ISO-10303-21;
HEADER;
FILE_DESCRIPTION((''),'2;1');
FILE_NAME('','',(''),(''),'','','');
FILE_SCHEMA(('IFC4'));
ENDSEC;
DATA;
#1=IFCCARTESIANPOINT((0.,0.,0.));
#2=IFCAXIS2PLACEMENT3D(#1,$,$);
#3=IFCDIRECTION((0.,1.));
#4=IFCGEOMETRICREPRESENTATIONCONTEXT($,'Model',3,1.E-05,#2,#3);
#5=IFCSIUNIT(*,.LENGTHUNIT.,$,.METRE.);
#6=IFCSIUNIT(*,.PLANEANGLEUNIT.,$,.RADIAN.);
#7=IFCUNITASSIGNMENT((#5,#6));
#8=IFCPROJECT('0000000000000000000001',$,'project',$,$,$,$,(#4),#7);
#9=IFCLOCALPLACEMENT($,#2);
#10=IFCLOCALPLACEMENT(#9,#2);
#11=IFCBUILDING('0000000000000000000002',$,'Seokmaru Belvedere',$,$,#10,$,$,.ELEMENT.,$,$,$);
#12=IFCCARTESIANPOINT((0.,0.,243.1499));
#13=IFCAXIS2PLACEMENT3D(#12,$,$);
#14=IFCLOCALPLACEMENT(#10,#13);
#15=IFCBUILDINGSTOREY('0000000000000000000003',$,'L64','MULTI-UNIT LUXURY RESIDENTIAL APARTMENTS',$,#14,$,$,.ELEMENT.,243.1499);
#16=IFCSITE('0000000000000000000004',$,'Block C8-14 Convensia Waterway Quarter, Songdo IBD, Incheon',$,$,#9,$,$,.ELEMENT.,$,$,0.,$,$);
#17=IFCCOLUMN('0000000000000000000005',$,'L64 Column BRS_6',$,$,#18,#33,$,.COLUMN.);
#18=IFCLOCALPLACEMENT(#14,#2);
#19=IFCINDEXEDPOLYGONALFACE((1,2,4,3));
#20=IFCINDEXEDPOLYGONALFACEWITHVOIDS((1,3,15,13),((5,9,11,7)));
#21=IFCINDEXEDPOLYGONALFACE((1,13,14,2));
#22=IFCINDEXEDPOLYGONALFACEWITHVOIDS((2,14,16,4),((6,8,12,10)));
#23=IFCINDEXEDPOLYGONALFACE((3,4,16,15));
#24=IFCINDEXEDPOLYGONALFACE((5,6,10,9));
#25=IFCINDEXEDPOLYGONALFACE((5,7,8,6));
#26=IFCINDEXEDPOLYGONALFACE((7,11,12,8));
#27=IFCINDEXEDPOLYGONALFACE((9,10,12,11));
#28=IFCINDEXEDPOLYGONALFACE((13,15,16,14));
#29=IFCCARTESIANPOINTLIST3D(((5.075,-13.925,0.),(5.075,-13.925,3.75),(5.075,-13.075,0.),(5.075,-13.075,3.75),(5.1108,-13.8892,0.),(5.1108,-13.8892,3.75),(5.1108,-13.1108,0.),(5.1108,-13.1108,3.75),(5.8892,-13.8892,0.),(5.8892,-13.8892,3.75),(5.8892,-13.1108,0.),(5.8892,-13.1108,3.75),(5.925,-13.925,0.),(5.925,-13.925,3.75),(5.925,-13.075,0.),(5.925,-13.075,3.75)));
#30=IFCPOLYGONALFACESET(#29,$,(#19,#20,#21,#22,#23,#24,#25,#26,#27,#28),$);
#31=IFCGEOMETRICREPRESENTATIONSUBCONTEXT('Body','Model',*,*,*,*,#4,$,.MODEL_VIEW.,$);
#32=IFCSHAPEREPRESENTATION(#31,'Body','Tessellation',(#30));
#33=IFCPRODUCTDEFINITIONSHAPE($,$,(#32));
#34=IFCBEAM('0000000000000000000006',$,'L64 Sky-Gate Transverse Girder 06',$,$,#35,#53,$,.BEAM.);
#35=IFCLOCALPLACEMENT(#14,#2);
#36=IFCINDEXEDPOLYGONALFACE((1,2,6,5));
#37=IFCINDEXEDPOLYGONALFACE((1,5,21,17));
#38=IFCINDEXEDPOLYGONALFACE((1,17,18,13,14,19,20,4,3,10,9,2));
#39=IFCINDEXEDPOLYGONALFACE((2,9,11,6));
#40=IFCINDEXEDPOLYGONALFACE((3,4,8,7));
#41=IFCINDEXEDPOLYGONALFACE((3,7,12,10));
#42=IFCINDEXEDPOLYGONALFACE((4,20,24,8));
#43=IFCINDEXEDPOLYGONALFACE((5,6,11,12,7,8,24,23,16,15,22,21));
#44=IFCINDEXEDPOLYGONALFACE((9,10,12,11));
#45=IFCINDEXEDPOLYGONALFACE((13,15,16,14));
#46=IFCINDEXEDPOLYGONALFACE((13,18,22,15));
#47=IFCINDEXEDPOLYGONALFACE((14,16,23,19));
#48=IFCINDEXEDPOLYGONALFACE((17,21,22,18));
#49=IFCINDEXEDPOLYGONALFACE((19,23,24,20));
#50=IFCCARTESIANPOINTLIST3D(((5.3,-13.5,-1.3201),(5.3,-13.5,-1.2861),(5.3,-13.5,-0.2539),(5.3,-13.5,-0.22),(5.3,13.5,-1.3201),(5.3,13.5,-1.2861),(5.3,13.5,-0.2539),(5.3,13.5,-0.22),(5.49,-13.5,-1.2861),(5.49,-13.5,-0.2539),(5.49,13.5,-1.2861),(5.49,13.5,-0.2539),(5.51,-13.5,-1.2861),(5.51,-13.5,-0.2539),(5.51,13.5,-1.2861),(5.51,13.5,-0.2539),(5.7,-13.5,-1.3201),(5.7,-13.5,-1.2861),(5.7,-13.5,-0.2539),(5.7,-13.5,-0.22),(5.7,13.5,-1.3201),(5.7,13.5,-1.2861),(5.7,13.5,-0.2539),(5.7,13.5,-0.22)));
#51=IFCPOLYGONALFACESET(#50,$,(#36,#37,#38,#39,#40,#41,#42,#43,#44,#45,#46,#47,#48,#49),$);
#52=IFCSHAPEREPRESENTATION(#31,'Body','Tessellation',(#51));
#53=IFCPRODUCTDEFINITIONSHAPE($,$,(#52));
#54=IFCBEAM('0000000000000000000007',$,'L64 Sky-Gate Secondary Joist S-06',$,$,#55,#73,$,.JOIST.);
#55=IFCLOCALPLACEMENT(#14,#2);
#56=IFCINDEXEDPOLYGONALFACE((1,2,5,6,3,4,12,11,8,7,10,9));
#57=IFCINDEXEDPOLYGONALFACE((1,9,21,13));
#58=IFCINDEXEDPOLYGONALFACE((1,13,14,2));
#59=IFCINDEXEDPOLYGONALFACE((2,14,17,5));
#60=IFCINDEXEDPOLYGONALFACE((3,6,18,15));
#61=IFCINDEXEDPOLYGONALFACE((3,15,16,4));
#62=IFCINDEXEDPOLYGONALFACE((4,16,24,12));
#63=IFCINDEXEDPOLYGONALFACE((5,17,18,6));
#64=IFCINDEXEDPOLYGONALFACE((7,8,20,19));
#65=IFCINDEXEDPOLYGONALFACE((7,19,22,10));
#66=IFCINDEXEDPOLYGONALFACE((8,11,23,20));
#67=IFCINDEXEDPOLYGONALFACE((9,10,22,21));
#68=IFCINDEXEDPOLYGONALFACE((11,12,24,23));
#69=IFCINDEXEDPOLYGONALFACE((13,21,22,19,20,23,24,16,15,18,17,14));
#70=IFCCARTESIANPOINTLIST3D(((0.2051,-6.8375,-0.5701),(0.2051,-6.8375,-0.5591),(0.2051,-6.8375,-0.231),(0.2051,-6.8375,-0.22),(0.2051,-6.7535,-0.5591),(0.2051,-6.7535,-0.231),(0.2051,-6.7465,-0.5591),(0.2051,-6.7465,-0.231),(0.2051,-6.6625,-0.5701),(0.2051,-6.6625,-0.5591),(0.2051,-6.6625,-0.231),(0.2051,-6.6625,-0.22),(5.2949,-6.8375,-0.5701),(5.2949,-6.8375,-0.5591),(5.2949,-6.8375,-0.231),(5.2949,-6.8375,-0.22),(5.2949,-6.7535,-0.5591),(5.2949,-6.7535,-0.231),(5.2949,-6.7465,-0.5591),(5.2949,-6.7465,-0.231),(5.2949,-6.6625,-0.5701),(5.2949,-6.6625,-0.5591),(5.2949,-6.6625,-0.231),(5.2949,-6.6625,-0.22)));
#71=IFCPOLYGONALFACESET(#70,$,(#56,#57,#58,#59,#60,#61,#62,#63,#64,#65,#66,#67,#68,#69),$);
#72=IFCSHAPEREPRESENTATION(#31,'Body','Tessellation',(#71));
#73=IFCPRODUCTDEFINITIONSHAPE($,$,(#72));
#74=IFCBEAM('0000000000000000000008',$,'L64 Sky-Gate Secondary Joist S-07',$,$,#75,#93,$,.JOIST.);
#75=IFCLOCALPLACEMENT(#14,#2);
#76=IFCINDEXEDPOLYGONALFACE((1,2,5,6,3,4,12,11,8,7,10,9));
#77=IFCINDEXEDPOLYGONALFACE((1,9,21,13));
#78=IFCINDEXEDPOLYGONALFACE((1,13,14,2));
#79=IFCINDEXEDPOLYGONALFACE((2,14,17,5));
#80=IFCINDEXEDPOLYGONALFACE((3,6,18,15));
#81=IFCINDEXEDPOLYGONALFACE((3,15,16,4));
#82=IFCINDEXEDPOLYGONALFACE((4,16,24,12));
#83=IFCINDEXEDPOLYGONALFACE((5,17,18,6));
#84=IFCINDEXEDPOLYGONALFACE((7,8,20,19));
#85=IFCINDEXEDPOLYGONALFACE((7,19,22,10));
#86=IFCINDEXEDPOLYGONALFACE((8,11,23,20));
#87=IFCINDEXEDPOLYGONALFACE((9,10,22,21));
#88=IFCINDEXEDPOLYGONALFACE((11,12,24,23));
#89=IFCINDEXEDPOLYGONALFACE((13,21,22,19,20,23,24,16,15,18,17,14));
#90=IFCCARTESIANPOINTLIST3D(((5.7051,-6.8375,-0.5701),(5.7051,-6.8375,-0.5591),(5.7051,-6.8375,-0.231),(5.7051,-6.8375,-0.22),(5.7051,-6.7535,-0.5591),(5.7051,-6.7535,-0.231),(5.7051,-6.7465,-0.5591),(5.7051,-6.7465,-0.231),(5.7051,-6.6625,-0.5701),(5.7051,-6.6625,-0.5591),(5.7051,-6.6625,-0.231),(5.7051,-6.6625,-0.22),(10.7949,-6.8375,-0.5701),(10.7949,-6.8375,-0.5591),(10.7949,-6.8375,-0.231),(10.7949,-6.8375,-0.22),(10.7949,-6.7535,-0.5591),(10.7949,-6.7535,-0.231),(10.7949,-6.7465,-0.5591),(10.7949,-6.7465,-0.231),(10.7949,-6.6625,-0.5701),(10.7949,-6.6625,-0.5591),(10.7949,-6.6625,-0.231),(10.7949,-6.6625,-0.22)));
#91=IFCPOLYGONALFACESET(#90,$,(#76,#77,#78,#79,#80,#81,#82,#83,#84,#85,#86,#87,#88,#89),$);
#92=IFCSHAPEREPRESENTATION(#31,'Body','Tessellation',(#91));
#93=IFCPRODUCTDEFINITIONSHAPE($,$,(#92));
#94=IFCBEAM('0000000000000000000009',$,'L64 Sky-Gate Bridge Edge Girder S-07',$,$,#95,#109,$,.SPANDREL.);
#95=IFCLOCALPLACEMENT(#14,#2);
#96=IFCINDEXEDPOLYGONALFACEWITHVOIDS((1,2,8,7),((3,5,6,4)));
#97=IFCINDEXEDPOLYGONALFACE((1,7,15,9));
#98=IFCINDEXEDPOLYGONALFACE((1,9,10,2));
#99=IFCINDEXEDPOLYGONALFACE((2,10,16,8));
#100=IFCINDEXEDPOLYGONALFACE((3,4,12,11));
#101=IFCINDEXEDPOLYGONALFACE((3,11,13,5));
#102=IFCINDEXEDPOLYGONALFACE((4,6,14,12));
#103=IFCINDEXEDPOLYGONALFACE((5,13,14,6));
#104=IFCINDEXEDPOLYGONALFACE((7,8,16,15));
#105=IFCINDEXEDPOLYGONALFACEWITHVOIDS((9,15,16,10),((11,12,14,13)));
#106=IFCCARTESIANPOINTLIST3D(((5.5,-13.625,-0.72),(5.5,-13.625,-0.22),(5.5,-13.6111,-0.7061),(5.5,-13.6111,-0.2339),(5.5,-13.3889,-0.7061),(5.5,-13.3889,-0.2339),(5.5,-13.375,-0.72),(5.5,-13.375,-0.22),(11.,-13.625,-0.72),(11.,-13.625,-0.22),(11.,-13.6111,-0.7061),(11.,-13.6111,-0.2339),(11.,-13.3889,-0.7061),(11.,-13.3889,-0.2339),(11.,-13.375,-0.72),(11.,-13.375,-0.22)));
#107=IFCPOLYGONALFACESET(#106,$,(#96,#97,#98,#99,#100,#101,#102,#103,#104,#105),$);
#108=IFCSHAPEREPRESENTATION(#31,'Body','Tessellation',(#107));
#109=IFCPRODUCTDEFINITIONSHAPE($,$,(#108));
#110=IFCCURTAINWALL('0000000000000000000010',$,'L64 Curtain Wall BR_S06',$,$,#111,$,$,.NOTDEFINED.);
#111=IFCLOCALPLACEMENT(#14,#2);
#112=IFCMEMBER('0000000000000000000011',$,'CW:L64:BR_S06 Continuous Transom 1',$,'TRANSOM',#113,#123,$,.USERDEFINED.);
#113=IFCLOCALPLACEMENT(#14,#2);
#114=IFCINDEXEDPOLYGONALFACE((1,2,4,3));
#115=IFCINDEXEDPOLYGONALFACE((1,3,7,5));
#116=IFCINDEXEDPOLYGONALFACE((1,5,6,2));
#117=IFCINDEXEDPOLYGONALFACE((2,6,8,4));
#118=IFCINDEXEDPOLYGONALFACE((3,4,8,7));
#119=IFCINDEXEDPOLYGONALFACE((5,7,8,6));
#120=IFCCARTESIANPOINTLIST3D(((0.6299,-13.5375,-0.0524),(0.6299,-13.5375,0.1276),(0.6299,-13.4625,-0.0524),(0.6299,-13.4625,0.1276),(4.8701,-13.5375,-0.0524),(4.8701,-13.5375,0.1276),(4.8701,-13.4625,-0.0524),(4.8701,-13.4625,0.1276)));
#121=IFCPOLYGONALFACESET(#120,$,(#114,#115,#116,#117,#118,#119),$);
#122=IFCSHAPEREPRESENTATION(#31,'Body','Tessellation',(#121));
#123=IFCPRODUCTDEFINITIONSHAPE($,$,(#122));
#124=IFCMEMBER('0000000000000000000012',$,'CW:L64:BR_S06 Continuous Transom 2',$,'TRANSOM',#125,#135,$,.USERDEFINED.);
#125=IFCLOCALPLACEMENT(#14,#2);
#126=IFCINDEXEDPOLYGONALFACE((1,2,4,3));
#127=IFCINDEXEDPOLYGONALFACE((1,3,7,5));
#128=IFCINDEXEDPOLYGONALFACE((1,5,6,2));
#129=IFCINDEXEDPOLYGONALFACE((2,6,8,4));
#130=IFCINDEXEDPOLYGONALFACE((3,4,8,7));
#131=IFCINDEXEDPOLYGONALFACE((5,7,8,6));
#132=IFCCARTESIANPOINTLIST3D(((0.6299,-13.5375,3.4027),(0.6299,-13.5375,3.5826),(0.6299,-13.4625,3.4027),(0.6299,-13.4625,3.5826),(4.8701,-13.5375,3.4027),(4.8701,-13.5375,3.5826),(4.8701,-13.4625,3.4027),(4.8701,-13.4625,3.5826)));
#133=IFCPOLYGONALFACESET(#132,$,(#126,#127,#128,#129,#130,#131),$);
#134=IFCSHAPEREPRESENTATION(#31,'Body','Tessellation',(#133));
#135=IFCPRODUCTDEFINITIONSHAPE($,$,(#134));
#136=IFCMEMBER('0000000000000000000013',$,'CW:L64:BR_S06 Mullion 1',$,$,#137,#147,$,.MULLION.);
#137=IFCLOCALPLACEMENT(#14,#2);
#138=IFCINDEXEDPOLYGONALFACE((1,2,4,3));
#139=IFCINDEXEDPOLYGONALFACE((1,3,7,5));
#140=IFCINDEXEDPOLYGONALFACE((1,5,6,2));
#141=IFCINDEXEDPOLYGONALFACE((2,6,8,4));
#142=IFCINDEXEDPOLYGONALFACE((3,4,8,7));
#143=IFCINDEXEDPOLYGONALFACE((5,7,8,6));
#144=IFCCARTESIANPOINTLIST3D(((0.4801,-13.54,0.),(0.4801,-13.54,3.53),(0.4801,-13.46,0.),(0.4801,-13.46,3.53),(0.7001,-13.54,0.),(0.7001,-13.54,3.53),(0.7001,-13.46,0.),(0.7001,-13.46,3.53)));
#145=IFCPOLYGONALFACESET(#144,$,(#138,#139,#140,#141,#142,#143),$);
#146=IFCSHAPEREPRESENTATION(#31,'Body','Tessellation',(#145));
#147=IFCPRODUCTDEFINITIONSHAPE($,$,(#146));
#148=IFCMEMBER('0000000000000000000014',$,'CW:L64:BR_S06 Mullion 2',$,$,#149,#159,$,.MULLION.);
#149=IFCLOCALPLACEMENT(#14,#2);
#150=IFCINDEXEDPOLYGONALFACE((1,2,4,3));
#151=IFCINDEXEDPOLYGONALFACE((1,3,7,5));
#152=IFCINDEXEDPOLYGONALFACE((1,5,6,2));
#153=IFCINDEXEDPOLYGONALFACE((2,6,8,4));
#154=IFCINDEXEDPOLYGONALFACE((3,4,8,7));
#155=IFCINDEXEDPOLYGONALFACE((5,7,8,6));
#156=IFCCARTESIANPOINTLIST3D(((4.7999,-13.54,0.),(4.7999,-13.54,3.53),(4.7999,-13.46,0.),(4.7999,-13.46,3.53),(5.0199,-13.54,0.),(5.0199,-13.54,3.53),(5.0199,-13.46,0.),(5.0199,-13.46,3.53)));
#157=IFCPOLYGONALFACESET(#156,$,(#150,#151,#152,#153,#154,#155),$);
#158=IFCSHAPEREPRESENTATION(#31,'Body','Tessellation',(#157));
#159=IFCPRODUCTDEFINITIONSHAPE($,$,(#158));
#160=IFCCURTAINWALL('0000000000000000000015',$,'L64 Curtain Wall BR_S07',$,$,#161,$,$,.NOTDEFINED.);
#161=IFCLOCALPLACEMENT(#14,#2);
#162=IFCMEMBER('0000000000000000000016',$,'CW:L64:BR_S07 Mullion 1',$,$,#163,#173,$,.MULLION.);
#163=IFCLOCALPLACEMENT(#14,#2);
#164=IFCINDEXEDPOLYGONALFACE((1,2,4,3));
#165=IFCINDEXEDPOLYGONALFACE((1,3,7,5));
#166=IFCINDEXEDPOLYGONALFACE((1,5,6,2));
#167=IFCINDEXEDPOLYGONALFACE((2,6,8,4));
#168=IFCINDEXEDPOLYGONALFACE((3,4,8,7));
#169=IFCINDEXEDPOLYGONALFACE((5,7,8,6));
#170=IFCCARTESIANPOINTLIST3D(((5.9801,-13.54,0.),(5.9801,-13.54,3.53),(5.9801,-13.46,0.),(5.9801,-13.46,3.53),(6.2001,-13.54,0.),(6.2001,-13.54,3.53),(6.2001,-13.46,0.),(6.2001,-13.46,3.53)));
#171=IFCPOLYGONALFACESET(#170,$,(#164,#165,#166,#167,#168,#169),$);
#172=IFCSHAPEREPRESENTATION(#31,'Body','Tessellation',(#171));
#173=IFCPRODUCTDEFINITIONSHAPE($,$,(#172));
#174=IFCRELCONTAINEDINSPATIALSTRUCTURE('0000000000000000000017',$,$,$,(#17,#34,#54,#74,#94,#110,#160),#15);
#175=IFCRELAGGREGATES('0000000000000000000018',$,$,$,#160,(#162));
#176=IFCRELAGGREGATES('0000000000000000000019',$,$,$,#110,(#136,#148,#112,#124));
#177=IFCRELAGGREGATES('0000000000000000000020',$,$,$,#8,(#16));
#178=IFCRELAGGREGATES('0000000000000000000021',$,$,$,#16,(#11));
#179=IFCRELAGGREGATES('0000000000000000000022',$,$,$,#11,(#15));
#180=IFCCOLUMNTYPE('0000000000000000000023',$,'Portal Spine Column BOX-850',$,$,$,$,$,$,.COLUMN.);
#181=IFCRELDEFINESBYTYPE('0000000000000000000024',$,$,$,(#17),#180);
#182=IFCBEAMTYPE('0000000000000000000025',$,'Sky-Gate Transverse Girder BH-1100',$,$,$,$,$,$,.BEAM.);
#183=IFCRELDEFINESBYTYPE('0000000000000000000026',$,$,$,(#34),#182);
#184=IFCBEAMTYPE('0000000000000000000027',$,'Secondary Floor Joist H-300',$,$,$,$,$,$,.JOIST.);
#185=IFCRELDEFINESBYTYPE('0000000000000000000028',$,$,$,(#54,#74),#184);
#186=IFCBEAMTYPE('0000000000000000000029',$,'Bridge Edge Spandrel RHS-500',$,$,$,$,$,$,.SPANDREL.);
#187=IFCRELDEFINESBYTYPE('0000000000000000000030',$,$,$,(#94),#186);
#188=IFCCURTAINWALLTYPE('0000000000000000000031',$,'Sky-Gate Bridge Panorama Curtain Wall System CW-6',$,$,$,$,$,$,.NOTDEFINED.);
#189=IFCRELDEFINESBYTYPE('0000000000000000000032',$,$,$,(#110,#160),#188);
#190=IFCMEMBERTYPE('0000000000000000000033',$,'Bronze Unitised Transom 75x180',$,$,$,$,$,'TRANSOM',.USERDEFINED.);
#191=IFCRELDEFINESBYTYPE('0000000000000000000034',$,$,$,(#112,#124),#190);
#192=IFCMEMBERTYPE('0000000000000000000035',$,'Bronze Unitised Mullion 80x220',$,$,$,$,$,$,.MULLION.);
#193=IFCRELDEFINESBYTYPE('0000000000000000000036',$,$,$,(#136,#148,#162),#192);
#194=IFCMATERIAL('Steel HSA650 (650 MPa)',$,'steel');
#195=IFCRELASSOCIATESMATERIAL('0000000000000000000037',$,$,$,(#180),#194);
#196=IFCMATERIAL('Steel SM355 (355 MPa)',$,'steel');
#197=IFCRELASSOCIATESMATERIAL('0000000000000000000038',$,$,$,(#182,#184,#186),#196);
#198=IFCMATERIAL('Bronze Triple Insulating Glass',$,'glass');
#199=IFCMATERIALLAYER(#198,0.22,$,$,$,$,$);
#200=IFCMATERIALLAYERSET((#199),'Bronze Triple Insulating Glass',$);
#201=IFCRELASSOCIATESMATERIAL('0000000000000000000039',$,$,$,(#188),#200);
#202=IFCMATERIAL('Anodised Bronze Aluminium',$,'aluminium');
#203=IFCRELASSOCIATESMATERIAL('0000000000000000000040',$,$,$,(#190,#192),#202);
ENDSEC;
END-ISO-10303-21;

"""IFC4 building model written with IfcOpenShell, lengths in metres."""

from ifc_helpers import new_model, si_unit, direction, frame, origin, origin_2d, place, context, subcontext, project, spatial, rectangle, hollow_rectangle, i_section, extrude, source, transform, mapped, material, layer, layer_set, material_profile, profile_set, type_object, type_shapes, element, aggregate, save


model = new_model("IFC4")

# Units and contexts
model_context = context("Model", 3, precision=1e-05, world=origin(), true_north=direction((0.0, 1.0)))
body_context = subcontext(model_context, "Body", "Model", "MODEL_VIEW")
ifc_project = project(units=[si_unit("LENGTHUNIT", "METRE"), si_unit("PLANEANGLEUNIT", "RADIAN")], contexts=[model_context])

# Site, building, storey
site_placement = place(None, origin())
site = spatial("IfcSite", under=ifc_project, at=site_placement, Name="Block C8-14 Convensia Waterway Quarter, Songdo IBD, Incheon", CompositionType="ELEMENT", RefElevation=0.0)
building_placement = place(site_placement, origin())
building = spatial("IfcBuilding", under=site, at=building_placement, Name="Seokmaru Belvedere", CompositionType="ELEMENT")
storey_placement = place(building_placement, frame((0.0, 0.0, 243.1499)))
storey = spatial("IfcBuildingStorey", under=building, at=storey_placement, Name="L64", Description="MULTI-UNIT LUXURY RESIDENTIAL APARTMENTS", CompositionType="ELEMENT", Elevation=243.1499)

# Column
ifc_material_1 = material(Name="Steel HSA650 (650 MPa)", Category="steel")
ifc_material_profile_1 = material_profile(ifc_material_1, hollow_rectangle(XDim=0.8501, YDim=0.8501, WallThickness=0.0359, at=origin_2d()), Name="BOX-850x850x36")
ifc_profile_set_1 = profile_set([ifc_material_profile_1], Name="Steel HSA650 (650 MPa)")
column_type = type_object("IfcColumnType", Name="Portal Spine Column BOX-850", PredefinedType="COLUMN", material=ifc_profile_set_1)
shared_shape_1 = source(origin(), body_context, "Body", "SweptSolid", [
    extrude(hollow_rectangle(XDim=0.8501, YDim=0.8501, WallThickness=0.0359, at=origin_2d()), origin(), (0.0, 0.0, 1.0), 3.75),
])
type_shapes(column_type, [shared_shape_1])
column_placement = place(storey_placement, frame((5.5, -13.5, 0.0), z_axis=(0.0, 0.0, 1.0), x_axis=(1.0, 0.0, 0.0)))
element("IfcColumn", 1, at=column_placement, inside=storey, type_object=column_type, Name="L64 Column BRS_6", PredefinedType="COLUMN", context=body_context, shape_type="MappedRepresentation", body=[
    mapped(shared_shape_1, transform((0.0, 0.0, 0.0), scale=1.0)),
])

# Beams
ifc_material_2 = material(Name="Steel SM355 (355 MPa)", Category="steel")
ifc_material_profile_2 = material_profile(ifc_material_2, i_section(OverallWidth=0.3999, OverallDepth=1.1001, WebThickness=0.02, FlangeThickness=0.0339, at=origin_2d()), Name="BH-1100x400x20x34")
ifc_profile_set_2 = profile_set([ifc_material_profile_2], Name="Steel SM355 (355 MPa)")
beam_type_1 = type_object("IfcBeamType", Name="Sky-Gate Transverse Girder BH-1100", PredefinedType="BEAM", material=ifc_profile_set_2)
shared_shape_2 = source(origin(), body_context, "Body", "SweptSolid", [
    extrude(i_section(OverallWidth=0.3999, OverallDepth=1.1001, WebThickness=0.02, FlangeThickness=0.0339, at=origin_2d()), origin(), (0.0, 0.0, 1.0), 27.0),
])
type_shapes(beam_type_1, [shared_shape_2])
beam_1_placement = place(storey_placement, frame((5.5, -13.5, -0.77), z_axis=(0.0, 1.0, 0.0), x_axis=(-1.0, 0.0, 0.0)))
element("IfcBeam", 2, at=beam_1_placement, inside=storey, type_object=beam_type_1, Name="L64 Sky-Gate Transverse Girder 06", PredefinedType="BEAM", context=body_context, shape_type="MappedRepresentation", body=[
    mapped(shared_shape_2, transform((0.0, 0.0, 0.0), scale=1.0)),
])
ifc_material_profile_3 = material_profile(ifc_material_2, i_section(OverallWidth=0.175, OverallDepth=0.3501, WebThickness=0.0071, FlangeThickness=0.011, at=origin_2d()), Name="H-350x175x7x11")
ifc_profile_set_3 = profile_set([ifc_material_profile_3], Name="Steel SM355 (355 MPa)")
beam_type_2 = type_object("IfcBeamType", Name="Secondary Floor Joist H-300", PredefinedType="JOIST", material=ifc_profile_set_3)
shared_shape_3 = source(origin(), body_context, "Body", "SweptSolid", [
    extrude(i_section(OverallWidth=0.175, OverallDepth=0.3501, WebThickness=0.0071, FlangeThickness=0.011, at=origin_2d()), origin(), (0.0, 0.0, 1.0), 5.0898),
])
type_shapes(beam_type_2, [shared_shape_3])
for number, where, z_axis, x_axis, name in (
    (3, (0.2051, -6.75, -0.395), (1.0, 0.0, 0.0), (0.0, 1.0, 0.0), "L64 Sky-Gate Secondary Joist S-06"),
    (4, (5.7051, -6.75, -0.395), (1.0, 0.0, 0.0), (0.0, 1.0, 0.0), "L64 Sky-Gate Secondary Joist S-07"),
):
    element("IfcBeam", number, at=place(storey_placement, frame(where, z_axis=z_axis, x_axis=x_axis)), inside=storey, type_object=beam_type_2, Name=name, PredefinedType="JOIST", context=body_context, shape_type="MappedRepresentation", body=[
        mapped(shared_shape_3, transform((0.0, 0.0, 0.0), scale=1.0)),
    ])
ifc_material_profile_4 = material_profile(ifc_material_2, hollow_rectangle(XDim=0.25, YDim=0.5, WallThickness=0.0139, at=origin_2d()), Name="RHS-500x250x14")
ifc_profile_set_4 = profile_set([ifc_material_profile_4], Name="Steel SM355 (355 MPa)")
beam_type_3 = type_object("IfcBeamType", Name="Bridge Edge Spandrel RHS-500", PredefinedType="SPANDREL", material=ifc_profile_set_4)
shared_shape_4 = source(origin(), body_context, "Body", "SweptSolid", [
    extrude(hollow_rectangle(XDim=0.25, YDim=0.5, WallThickness=0.0139, at=origin_2d()), origin(), (0.0, 0.0, 1.0), 5.5),
])
type_shapes(beam_type_3, [shared_shape_4])
beam_2_placement = place(storey_placement, frame((5.5, -13.5, -0.47), z_axis=(1.0, 0.0, 0.0), x_axis=(0.0, 1.0, 0.0)))
element("IfcBeam", 5, at=beam_2_placement, inside=storey, type_object=beam_type_3, Name="L64 Sky-Gate Bridge Edge Girder S-07", PredefinedType="SPANDREL", context=body_context, shape_type="MappedRepresentation", body=[
    mapped(shared_shape_4, transform((0.0, 0.0, 0.0), scale=1.0)),
])

# Curtain wall, members
ifc_material_3 = material(Name="Bronze Triple Insulating Glass", Category="glass")
ifc_layer_1 = layer(ifc_material_3, 0.22)
ifc_layer_set_1 = layer_set([ifc_layer_1], Name="Bronze Triple Insulating Glass")
curtain_wall_type = type_object("IfcCurtainWallType", Name="Sky-Gate Bridge Panorama Curtain Wall System CW-6", PredefinedType="NOTDEFINED", material=ifc_layer_set_1)
curtain_wall_1_placement = place(storey_placement, origin())
curtain_wall_1 = element("IfcCurtainWall", 6, at=curtain_wall_1_placement, inside=storey, type_object=curtain_wall_type, Name="L64 Curtain Wall BR_S06", PredefinedType="NOTDEFINED")
ifc_material_4 = material(Name="Anodised Bronze Aluminium", Category="aluminium")
ifc_material_profile_5 = material_profile(ifc_material_4, rectangle(XDim=0.075, YDim=0.1799, at=origin_2d()), Name="CW-T-75x180")
ifc_profile_set_5 = profile_set([ifc_material_profile_5], Name="Anodised Bronze Aluminium")
member_type_1 = type_object("IfcMemberType", Name="Bronze Unitised Transom 75x180", ElementType="TRANSOM", PredefinedType="USERDEFINED", material=ifc_profile_set_5)
shared_shape_5 = source(origin(), body_context, "Body", "SweptSolid", [
    extrude(rectangle(XDim=0.075, YDim=0.1799, at=origin_2d()), origin(), (0.0, 0.0, 1.0), 4.2402),
])
type_shapes(member_type_1, [shared_shape_5])
member_1_placement = place(storey_placement, frame((0.6299, -13.5, 0.0376), z_axis=(1.0, 0.0, 0.0), x_axis=(0.0, 1.0, 0.0)))
member_1 = element("IfcMember", 7, at=member_1_placement, type_object=member_type_1, Name="CW:L64:BR_S06 Continuous Transom 1", ObjectType="TRANSOM", PredefinedType="USERDEFINED", context=body_context, shape_type="MappedRepresentation", body=[
    mapped(shared_shape_5, transform((0.0, 0.0, 0.0), scale=1.0)),
])
member_2_placement = place(storey_placement, frame((0.6299, -13.5, 3.4927), z_axis=(1.0, 0.0, 0.0), x_axis=(0.0, 1.0, 0.0)))
member_2 = element("IfcMember", 8, at=member_2_placement, type_object=member_type_1, Name="CW:L64:BR_S06 Continuous Transom 2", ObjectType="TRANSOM", PredefinedType="USERDEFINED", context=body_context, shape_type="MappedRepresentation", body=[
    mapped(shared_shape_5, transform((0.0, 0.0, 0.0), scale=1.0)),
])
ifc_material_profile_6 = material_profile(ifc_material_4, rectangle(XDim=0.0801, YDim=0.22, at=origin_2d()), Name="CW-M-80x220")
ifc_profile_set_6 = profile_set([ifc_material_profile_6], Name="Anodised Bronze Aluminium")
member_type_2 = type_object("IfcMemberType", Name="Bronze Unitised Mullion 80x220", PredefinedType="MULLION", material=ifc_profile_set_6)
shared_shape_6 = source(origin(), body_context, "Body", "SweptSolid", [
    extrude(rectangle(XDim=0.0801, YDim=0.22, at=origin_2d()), origin(), (0.0, 0.0, 1.0), 3.53),
])
type_shapes(member_type_2, [shared_shape_6])
member_3_placement = place(storey_placement, frame((0.5901, -13.5, 0.0), z_axis=(0.0, 0.0, 1.0), x_axis=(0.0, 1.0, 0.0)))
member_3 = element("IfcMember", 9, at=member_3_placement, type_object=member_type_2, Name="CW:L64:BR_S06 Mullion 1", PredefinedType="MULLION", context=body_context, shape_type="MappedRepresentation", body=[
    mapped(shared_shape_6, transform((0.0, 0.0, 0.0), scale=1.0)),
])
member_4_placement = place(storey_placement, frame((4.9099, -13.5, 0.0), z_axis=(0.0, 0.0, 1.0), x_axis=(0.0, 1.0, 0.0)))
member_4 = element("IfcMember", 10, at=member_4_placement, type_object=member_type_2, Name="CW:L64:BR_S06 Mullion 2", PredefinedType="MULLION", context=body_context, shape_type="MappedRepresentation", body=[
    mapped(shared_shape_6, transform((0.0, 0.0, 0.0), scale=1.0)),
])

# Curtain wall, member
curtain_wall_2_placement = place(storey_placement, origin())
curtain_wall_2 = element("IfcCurtainWall", 11, at=curtain_wall_2_placement, inside=storey, type_object=curtain_wall_type, Name="L64 Curtain Wall BR_S07", PredefinedType="NOTDEFINED")
member_5_placement = place(storey_placement, frame((6.0901, -13.5, 0.0), z_axis=(0.0, 0.0, 1.0), x_axis=(0.0, 1.0, 0.0)))
member_5 = element("IfcMember", 12, at=member_5_placement, type_object=member_type_2, Name="CW:L64:BR_S07 Mullion 1", PredefinedType="MULLION", context=body_context, shape_type="MappedRepresentation", body=[
    mapped(shared_shape_6, transform((0.0, 0.0, 0.0), scale=1.0)),
])
aggregate(curtain_wall_2, [member_5])

aggregate(curtain_wall_1, [member_3, member_4, member_1, member_2])

save(model, "model.ifc")
